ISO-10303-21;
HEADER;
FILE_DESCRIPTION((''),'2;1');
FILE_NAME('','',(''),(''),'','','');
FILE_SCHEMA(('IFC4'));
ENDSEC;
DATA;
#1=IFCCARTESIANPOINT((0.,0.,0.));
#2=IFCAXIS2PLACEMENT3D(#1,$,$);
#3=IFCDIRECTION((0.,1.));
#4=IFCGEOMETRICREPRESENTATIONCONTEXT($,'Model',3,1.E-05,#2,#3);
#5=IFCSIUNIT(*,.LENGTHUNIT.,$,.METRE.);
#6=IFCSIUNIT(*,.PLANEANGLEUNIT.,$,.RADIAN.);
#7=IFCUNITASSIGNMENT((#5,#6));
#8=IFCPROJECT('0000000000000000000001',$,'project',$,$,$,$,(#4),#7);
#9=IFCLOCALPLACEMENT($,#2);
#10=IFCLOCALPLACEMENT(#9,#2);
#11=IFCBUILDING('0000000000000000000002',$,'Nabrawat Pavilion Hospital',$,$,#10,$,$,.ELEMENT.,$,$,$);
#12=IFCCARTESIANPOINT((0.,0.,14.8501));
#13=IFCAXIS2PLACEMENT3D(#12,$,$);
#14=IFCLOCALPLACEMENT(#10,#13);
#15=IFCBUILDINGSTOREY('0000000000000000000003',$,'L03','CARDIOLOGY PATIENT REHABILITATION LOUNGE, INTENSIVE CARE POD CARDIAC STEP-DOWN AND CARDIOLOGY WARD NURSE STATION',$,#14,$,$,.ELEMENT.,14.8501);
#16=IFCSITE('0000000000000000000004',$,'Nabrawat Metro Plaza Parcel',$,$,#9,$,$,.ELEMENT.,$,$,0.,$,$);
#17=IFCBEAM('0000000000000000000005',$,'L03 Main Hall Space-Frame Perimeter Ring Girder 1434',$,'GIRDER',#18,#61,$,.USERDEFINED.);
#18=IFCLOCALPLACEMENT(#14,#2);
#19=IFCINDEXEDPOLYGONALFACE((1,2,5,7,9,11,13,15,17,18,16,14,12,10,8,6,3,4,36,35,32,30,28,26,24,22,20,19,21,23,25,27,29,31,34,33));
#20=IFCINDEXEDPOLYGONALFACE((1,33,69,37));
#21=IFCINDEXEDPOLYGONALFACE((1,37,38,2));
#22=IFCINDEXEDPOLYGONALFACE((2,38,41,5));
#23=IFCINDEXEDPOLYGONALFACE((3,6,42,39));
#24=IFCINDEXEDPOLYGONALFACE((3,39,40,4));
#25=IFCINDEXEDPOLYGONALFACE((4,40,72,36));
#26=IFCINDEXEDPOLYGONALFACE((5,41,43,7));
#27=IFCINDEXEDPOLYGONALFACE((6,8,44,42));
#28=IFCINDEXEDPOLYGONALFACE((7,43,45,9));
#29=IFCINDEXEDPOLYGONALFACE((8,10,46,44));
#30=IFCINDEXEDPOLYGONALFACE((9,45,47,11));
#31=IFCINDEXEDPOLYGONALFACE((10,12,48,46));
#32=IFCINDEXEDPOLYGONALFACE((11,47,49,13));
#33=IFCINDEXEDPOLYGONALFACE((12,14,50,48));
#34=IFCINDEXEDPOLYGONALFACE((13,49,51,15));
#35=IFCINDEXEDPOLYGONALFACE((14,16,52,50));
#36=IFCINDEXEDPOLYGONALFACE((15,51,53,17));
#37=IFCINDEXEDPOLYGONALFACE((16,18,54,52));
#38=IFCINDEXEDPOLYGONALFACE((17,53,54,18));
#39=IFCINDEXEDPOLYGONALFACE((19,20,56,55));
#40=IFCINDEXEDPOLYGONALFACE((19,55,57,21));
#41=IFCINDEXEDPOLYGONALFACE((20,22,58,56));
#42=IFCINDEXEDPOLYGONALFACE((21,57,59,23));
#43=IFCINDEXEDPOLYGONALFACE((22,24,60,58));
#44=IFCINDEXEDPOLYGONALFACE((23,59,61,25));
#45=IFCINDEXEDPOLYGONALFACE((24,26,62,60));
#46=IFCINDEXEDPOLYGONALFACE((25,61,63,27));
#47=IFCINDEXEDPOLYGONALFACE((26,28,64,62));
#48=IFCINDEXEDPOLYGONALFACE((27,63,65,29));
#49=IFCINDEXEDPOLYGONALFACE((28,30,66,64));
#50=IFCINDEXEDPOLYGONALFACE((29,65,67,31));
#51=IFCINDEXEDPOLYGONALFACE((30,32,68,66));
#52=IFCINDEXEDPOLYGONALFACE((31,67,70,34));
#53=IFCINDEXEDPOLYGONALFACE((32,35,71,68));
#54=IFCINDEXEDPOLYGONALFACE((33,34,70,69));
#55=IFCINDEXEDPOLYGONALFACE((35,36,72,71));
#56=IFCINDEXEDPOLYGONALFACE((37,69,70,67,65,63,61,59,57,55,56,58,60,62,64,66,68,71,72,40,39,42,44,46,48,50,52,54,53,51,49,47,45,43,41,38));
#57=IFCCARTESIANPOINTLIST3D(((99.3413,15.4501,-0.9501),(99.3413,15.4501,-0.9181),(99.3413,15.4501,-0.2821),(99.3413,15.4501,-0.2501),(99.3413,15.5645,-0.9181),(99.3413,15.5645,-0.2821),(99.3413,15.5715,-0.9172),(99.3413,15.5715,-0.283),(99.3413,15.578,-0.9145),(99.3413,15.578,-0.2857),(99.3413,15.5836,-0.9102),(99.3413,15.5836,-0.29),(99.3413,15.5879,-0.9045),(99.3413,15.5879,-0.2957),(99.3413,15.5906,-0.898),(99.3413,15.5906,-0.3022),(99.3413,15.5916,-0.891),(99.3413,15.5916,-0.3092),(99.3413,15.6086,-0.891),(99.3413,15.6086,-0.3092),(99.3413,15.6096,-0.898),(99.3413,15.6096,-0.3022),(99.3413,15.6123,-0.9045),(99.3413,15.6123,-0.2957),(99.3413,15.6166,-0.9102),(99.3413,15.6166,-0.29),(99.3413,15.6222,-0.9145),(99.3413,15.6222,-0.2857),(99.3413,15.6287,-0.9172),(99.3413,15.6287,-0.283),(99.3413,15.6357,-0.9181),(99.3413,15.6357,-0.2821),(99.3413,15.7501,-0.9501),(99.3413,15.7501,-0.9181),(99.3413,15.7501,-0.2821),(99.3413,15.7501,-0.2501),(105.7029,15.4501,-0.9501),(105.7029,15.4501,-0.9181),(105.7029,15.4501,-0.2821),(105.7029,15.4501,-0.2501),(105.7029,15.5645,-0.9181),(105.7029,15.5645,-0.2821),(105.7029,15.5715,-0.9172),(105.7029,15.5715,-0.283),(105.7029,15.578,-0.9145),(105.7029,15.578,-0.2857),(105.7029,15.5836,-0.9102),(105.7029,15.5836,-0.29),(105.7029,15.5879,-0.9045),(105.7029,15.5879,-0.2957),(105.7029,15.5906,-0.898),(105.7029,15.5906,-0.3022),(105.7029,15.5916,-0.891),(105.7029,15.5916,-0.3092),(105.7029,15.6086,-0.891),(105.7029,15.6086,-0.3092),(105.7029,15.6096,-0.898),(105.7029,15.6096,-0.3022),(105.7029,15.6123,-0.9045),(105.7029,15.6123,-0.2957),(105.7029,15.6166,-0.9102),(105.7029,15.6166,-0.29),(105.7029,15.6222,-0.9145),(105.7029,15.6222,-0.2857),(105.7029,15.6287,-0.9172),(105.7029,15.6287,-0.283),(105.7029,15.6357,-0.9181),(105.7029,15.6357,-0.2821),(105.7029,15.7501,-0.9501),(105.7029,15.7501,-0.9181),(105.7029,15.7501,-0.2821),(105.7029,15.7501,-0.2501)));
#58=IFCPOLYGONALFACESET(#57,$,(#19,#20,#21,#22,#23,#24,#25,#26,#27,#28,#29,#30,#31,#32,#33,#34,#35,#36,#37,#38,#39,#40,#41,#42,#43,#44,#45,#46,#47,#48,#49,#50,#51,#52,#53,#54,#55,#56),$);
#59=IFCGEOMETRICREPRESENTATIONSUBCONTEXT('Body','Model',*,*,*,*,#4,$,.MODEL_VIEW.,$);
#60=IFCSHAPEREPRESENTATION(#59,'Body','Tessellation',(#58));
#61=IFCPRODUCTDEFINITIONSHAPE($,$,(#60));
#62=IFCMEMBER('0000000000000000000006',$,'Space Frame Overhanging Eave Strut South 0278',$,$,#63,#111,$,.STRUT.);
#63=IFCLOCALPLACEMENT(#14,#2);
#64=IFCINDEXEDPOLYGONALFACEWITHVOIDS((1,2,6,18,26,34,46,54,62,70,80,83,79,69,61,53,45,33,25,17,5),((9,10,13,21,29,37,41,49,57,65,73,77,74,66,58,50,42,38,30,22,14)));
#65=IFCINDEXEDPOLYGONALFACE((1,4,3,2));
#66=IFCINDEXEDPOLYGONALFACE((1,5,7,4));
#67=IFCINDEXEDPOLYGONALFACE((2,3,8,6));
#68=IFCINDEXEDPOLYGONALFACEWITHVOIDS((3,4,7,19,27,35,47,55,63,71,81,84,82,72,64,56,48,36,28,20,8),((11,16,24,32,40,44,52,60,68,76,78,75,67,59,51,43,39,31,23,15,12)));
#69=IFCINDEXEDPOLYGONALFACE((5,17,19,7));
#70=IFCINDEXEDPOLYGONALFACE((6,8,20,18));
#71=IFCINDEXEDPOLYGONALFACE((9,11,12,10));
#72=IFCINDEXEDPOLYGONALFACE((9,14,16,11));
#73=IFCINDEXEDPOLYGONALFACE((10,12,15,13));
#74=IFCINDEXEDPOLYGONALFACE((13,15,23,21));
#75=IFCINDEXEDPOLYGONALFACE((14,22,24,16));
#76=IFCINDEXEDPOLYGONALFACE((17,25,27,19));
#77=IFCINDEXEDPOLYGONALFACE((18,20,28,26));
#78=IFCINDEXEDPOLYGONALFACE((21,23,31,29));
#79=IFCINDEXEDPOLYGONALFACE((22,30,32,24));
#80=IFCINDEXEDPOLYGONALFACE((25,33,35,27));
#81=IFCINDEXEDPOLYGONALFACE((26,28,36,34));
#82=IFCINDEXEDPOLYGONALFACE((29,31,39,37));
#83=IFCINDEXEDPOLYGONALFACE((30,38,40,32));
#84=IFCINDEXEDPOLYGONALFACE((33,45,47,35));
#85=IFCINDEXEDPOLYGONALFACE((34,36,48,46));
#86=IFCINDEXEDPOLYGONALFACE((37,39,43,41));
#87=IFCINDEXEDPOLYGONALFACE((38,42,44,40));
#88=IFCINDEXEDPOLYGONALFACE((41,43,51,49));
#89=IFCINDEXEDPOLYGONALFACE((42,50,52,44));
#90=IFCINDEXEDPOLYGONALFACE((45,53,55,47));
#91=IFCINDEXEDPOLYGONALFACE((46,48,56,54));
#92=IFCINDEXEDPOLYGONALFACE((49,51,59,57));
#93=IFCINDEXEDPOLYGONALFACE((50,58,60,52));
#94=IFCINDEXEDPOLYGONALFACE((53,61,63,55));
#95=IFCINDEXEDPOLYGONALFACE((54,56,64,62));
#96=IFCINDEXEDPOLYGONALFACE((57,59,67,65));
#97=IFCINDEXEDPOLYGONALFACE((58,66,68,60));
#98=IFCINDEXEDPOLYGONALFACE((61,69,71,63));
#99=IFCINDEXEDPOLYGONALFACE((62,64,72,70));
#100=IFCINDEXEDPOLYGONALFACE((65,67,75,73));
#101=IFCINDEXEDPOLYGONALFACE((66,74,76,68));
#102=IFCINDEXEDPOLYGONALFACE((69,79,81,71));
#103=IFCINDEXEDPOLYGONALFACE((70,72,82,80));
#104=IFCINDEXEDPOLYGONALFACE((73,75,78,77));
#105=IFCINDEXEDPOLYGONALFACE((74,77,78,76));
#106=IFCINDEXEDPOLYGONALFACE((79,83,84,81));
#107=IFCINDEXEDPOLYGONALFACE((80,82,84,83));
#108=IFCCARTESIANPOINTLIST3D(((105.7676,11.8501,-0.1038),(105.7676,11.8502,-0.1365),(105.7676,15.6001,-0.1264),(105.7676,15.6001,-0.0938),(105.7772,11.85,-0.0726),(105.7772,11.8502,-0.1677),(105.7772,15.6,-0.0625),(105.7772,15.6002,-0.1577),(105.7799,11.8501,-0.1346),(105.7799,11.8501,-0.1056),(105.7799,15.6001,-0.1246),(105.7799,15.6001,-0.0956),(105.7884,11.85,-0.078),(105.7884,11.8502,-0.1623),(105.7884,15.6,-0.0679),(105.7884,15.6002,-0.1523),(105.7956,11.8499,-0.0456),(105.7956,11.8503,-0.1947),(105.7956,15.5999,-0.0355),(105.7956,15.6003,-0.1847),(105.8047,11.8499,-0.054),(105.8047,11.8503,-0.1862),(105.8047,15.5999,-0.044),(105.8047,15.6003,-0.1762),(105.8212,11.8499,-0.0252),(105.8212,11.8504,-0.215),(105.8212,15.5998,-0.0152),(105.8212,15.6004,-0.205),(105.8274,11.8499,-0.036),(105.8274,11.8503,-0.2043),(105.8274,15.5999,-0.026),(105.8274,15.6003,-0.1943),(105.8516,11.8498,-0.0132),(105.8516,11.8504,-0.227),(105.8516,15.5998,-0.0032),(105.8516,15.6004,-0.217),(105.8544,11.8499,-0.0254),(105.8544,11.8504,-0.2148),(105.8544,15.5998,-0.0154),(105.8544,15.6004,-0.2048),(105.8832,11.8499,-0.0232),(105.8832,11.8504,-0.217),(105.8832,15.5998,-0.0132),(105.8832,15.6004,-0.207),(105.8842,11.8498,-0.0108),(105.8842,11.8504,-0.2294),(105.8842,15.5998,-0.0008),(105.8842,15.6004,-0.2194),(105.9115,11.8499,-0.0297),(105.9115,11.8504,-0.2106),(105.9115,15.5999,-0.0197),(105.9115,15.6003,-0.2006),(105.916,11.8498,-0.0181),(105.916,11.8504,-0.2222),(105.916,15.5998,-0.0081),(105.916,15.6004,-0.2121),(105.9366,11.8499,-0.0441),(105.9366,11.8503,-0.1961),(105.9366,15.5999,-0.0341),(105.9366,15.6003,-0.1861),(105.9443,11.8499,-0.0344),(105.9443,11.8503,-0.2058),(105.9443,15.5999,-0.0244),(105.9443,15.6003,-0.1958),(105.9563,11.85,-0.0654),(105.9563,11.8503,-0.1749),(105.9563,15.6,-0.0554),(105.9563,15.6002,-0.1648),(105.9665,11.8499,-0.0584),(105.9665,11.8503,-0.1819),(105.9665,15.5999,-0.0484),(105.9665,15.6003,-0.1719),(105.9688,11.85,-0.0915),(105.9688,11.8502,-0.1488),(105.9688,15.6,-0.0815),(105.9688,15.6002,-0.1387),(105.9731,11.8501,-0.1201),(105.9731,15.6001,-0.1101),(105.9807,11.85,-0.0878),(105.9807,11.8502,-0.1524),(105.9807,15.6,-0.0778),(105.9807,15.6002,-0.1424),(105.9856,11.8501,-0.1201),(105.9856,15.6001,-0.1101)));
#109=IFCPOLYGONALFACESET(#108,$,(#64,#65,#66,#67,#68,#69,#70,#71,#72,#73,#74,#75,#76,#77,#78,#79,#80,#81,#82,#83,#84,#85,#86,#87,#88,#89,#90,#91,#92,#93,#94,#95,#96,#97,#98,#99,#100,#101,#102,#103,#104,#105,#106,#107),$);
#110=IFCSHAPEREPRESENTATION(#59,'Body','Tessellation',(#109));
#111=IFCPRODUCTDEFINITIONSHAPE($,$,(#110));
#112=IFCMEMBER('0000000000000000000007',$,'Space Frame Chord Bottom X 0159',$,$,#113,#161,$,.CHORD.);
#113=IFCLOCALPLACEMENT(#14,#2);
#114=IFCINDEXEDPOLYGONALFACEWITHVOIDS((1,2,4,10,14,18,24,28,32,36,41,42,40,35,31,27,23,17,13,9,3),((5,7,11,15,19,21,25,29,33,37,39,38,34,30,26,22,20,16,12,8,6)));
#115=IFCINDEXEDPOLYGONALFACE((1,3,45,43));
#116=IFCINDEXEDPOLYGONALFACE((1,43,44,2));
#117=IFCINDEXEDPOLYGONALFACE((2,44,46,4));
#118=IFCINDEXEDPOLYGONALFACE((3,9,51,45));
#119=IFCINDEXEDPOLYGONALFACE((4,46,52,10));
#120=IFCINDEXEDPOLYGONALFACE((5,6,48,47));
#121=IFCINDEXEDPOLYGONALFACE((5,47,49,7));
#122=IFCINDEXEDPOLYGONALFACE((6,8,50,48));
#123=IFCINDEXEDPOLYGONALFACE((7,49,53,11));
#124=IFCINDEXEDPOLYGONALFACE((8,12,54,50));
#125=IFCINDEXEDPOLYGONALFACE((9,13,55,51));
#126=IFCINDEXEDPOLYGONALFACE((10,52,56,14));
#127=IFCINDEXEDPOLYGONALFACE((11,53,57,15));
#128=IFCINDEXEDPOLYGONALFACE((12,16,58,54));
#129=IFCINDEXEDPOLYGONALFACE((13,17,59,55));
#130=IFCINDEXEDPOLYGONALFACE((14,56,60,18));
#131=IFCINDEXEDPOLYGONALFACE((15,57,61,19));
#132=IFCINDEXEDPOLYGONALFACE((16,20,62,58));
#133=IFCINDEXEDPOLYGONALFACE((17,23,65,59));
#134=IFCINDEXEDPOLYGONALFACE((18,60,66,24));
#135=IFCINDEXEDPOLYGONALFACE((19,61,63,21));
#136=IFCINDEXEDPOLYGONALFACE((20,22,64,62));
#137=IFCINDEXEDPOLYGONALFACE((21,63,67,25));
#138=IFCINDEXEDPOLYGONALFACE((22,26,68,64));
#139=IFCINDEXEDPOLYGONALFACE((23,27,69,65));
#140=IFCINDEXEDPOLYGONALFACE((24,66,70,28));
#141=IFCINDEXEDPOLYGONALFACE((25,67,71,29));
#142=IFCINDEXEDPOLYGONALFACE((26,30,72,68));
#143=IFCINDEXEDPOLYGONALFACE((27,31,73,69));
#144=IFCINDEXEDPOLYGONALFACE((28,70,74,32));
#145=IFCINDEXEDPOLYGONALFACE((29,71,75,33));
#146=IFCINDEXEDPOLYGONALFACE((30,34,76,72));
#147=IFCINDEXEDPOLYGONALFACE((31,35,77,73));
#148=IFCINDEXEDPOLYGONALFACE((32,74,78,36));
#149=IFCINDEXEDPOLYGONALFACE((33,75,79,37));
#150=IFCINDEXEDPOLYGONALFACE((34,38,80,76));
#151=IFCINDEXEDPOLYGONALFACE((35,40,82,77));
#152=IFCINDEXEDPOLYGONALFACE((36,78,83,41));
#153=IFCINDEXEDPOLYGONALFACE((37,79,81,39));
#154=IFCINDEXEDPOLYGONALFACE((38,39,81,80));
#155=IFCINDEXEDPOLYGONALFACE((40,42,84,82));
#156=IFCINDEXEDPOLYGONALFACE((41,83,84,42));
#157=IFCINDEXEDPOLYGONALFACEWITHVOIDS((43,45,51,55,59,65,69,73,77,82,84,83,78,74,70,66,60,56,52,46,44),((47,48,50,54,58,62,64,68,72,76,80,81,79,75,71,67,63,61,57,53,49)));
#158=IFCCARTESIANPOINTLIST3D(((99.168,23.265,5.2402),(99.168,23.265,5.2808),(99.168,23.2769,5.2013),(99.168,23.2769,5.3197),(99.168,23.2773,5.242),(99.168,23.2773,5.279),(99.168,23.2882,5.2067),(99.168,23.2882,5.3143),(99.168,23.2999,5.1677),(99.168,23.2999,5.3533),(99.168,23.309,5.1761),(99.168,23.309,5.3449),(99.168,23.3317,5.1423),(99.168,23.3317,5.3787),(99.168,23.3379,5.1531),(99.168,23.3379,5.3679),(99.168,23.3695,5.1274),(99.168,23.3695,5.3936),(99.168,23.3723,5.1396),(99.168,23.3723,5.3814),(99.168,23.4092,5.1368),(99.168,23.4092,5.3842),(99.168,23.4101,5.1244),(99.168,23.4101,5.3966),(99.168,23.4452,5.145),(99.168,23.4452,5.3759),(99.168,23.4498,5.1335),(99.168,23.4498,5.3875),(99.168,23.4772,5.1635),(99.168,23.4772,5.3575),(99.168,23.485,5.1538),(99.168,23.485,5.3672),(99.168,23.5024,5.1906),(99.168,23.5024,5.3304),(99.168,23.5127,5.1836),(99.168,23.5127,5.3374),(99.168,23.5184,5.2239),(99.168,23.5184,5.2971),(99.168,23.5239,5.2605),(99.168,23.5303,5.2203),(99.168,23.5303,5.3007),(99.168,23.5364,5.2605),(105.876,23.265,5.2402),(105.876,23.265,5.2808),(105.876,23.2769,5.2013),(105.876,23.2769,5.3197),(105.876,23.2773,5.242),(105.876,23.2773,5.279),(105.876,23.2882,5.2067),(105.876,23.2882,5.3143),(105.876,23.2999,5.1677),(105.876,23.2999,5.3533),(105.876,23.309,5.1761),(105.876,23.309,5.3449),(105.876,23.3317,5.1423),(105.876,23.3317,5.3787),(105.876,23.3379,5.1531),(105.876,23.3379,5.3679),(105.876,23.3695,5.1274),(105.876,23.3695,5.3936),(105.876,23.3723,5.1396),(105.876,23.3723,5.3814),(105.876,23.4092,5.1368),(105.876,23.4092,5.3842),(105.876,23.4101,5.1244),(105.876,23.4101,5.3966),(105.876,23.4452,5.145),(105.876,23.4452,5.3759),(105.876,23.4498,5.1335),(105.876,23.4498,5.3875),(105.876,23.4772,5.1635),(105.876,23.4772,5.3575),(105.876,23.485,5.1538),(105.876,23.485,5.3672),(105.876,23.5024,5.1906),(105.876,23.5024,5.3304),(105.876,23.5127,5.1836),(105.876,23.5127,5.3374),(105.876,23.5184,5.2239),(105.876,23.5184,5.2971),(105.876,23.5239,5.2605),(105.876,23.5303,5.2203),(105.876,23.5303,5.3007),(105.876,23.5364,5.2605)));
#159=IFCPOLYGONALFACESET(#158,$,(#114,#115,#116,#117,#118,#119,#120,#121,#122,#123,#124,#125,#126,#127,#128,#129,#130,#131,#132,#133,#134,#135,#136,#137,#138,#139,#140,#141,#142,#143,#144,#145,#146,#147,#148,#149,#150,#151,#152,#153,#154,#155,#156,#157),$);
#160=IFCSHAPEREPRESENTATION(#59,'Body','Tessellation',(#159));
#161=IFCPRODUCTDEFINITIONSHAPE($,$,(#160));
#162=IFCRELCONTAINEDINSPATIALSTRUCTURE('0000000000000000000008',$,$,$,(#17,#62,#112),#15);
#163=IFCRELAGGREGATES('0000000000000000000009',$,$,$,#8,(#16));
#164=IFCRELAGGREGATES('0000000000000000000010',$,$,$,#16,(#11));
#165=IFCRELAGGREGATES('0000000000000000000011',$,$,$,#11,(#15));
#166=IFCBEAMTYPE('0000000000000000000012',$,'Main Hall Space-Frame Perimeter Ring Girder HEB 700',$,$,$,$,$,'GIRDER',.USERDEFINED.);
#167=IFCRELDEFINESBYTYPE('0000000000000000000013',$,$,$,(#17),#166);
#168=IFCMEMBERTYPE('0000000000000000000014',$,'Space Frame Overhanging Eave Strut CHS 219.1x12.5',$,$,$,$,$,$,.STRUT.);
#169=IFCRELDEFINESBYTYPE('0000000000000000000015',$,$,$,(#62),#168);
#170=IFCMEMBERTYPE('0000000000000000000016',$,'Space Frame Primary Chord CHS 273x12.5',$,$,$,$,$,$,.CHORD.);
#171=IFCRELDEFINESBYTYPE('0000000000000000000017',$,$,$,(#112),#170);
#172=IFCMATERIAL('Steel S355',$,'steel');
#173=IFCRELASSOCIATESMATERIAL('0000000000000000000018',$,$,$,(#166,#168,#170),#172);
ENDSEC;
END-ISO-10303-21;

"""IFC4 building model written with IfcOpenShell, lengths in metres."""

from ifc_helpers import new_model, si_unit, direction, frame, origin, origin_2d, place, context, subcontext, project, spatial, hollow_circle, i_section, extrude, material, material_profile, profile_set, type_object, element, save


model = new_model("IFC4")

# Units and contexts
model_context = context("Model", 3, precision=1e-05, world=origin(), true_north=direction((0.0, 1.0)))
body_context = subcontext(model_context, "Body", "Model", "MODEL_VIEW")
ifc_project = project(units=[si_unit("LENGTHUNIT", "METRE"), si_unit("PLANEANGLEUNIT", "RADIAN")], contexts=[model_context])

# Site, building, storey
site_placement = place(None, origin())
site = spatial("IfcSite", under=ifc_project, at=site_placement, Name="Nabrawat Metro Plaza Parcel", CompositionType="ELEMENT", RefElevation=0.0)
building_placement = place(site_placement, origin())
building = spatial("IfcBuilding", under=site, at=building_placement, Name="Nabrawat Pavilion Hospital", CompositionType="ELEMENT")
storey_placement = place(building_placement, frame((0.0, 0.0, 14.8501)))
storey = spatial("IfcBuildingStorey", under=building, at=storey_placement, Name="L03", Description="CARDIOLOGY PATIENT REHABILITATION LOUNGE, INTENSIVE CARE POD CARDIAC STEP-DOWN AND CARDIOLOGY WARD NURSE STATION", CompositionType="ELEMENT", Elevation=14.8501)

# Beam
ifc_material = material(Name="Steel S355", Category="steel")
ifc_material_profile_1 = material_profile(ifc_material, i_section(OverallWidth=0.3, OverallDepth=0.7, WebThickness=0.0171, FlangeThickness=0.032, FilletRadius=0.0271, at=origin_2d()), Name="HEB 700")
ifc_profile_set_1 = profile_set([ifc_material_profile_1], Name="Steel S355")
beam_type = type_object("IfcBeamType", Name="Main Hall Space-Frame Perimeter Ring Girder HEB 700", ElementType="GIRDER", PredefinedType="USERDEFINED", material=ifc_profile_set_1)
beam_placement = place(storey_placement, frame((99.3413, 15.6001, -0.6001), z_axis=(1.0, 0.0, 0.0), x_axis=(0.0, 1.0, 0.0)))
element("IfcBeam", 1, at=beam_placement, inside=storey, type_object=beam_type, Name="L03 Main Hall Space-Frame Perimeter Ring Girder 1434", ObjectType="GIRDER", PredefinedType="USERDEFINED", context=body_context, shape_type="SweptSolid", body=[
    extrude(i_section(OverallWidth=0.3, OverallDepth=0.7, WebThickness=0.0171, FlangeThickness=0.032, FilletRadius=0.0271, at=origin_2d()), origin(), (0.0, 0.0, 1.0), 6.3616),
])

# Members
ifc_material_profile_2 = material_profile(ifc_material, hollow_circle(Radius=0.1096, WallThickness=0.0125, at=origin_2d()), Name="CHS 219.1x12.5")
ifc_profile_set_2 = profile_set([ifc_material_profile_2], Name="Steel S355")
member_type_1 = type_object("IfcMemberType", Name="Space Frame Overhanging Eave Strut CHS 219.1x12.5", PredefinedType="STRUT", material=ifc_profile_set_2)
member_1_placement = place(storey_placement, frame((105.876, 15.6001, -0.1101), z_axis=(0.0, -0.999996, -0.002669), x_axis=(1.0, 0.0, 0.0)))
element("IfcMember", 2, at=member_1_placement, inside=storey, type_object=member_type_1, Name="Space Frame Overhanging Eave Strut South 0278", PredefinedType="STRUT", context=body_context, shape_type="SweptSolid", body=[
    extrude(hollow_circle(Radius=0.1096, WallThickness=0.0125, at=origin_2d()), origin(), (0.0, 0.0, 1.0), 3.75),
])
ifc_material_profile_3 = material_profile(ifc_material, hollow_circle(Radius=0.1365, WallThickness=0.0125, at=origin_2d()), Name="CHS 273x12.5")
ifc_profile_set_3 = profile_set([ifc_material_profile_3], Name="Steel S355")
member_type_2 = type_object("IfcMemberType", Name="Space Frame Primary Chord CHS 273x12.5", PredefinedType="CHORD", material=ifc_profile_set_3)
for number, where, z_axis, x_axis, name in (
    (3, (99.168, 23.3999, 5.2605), (1.0, 0.0, 0.0), (0.0, 1.0, 0.0), "Space Frame Chord Bottom X 0159"),
):
    element("IfcMember", number, at=place(storey_placement, frame(where, z_axis=z_axis, x_axis=x_axis)), inside=storey, type_object=member_type_2, Name=name, PredefinedType="CHORD", context=body_context, shape_type="SweptSolid", body=[
        extrude(hollow_circle(Radius=0.1365, WallThickness=0.0125, at=origin_2d()), origin(), (0.0, 0.0, 1.0), 6.708),
    ])

save(model, "model.ifc")
